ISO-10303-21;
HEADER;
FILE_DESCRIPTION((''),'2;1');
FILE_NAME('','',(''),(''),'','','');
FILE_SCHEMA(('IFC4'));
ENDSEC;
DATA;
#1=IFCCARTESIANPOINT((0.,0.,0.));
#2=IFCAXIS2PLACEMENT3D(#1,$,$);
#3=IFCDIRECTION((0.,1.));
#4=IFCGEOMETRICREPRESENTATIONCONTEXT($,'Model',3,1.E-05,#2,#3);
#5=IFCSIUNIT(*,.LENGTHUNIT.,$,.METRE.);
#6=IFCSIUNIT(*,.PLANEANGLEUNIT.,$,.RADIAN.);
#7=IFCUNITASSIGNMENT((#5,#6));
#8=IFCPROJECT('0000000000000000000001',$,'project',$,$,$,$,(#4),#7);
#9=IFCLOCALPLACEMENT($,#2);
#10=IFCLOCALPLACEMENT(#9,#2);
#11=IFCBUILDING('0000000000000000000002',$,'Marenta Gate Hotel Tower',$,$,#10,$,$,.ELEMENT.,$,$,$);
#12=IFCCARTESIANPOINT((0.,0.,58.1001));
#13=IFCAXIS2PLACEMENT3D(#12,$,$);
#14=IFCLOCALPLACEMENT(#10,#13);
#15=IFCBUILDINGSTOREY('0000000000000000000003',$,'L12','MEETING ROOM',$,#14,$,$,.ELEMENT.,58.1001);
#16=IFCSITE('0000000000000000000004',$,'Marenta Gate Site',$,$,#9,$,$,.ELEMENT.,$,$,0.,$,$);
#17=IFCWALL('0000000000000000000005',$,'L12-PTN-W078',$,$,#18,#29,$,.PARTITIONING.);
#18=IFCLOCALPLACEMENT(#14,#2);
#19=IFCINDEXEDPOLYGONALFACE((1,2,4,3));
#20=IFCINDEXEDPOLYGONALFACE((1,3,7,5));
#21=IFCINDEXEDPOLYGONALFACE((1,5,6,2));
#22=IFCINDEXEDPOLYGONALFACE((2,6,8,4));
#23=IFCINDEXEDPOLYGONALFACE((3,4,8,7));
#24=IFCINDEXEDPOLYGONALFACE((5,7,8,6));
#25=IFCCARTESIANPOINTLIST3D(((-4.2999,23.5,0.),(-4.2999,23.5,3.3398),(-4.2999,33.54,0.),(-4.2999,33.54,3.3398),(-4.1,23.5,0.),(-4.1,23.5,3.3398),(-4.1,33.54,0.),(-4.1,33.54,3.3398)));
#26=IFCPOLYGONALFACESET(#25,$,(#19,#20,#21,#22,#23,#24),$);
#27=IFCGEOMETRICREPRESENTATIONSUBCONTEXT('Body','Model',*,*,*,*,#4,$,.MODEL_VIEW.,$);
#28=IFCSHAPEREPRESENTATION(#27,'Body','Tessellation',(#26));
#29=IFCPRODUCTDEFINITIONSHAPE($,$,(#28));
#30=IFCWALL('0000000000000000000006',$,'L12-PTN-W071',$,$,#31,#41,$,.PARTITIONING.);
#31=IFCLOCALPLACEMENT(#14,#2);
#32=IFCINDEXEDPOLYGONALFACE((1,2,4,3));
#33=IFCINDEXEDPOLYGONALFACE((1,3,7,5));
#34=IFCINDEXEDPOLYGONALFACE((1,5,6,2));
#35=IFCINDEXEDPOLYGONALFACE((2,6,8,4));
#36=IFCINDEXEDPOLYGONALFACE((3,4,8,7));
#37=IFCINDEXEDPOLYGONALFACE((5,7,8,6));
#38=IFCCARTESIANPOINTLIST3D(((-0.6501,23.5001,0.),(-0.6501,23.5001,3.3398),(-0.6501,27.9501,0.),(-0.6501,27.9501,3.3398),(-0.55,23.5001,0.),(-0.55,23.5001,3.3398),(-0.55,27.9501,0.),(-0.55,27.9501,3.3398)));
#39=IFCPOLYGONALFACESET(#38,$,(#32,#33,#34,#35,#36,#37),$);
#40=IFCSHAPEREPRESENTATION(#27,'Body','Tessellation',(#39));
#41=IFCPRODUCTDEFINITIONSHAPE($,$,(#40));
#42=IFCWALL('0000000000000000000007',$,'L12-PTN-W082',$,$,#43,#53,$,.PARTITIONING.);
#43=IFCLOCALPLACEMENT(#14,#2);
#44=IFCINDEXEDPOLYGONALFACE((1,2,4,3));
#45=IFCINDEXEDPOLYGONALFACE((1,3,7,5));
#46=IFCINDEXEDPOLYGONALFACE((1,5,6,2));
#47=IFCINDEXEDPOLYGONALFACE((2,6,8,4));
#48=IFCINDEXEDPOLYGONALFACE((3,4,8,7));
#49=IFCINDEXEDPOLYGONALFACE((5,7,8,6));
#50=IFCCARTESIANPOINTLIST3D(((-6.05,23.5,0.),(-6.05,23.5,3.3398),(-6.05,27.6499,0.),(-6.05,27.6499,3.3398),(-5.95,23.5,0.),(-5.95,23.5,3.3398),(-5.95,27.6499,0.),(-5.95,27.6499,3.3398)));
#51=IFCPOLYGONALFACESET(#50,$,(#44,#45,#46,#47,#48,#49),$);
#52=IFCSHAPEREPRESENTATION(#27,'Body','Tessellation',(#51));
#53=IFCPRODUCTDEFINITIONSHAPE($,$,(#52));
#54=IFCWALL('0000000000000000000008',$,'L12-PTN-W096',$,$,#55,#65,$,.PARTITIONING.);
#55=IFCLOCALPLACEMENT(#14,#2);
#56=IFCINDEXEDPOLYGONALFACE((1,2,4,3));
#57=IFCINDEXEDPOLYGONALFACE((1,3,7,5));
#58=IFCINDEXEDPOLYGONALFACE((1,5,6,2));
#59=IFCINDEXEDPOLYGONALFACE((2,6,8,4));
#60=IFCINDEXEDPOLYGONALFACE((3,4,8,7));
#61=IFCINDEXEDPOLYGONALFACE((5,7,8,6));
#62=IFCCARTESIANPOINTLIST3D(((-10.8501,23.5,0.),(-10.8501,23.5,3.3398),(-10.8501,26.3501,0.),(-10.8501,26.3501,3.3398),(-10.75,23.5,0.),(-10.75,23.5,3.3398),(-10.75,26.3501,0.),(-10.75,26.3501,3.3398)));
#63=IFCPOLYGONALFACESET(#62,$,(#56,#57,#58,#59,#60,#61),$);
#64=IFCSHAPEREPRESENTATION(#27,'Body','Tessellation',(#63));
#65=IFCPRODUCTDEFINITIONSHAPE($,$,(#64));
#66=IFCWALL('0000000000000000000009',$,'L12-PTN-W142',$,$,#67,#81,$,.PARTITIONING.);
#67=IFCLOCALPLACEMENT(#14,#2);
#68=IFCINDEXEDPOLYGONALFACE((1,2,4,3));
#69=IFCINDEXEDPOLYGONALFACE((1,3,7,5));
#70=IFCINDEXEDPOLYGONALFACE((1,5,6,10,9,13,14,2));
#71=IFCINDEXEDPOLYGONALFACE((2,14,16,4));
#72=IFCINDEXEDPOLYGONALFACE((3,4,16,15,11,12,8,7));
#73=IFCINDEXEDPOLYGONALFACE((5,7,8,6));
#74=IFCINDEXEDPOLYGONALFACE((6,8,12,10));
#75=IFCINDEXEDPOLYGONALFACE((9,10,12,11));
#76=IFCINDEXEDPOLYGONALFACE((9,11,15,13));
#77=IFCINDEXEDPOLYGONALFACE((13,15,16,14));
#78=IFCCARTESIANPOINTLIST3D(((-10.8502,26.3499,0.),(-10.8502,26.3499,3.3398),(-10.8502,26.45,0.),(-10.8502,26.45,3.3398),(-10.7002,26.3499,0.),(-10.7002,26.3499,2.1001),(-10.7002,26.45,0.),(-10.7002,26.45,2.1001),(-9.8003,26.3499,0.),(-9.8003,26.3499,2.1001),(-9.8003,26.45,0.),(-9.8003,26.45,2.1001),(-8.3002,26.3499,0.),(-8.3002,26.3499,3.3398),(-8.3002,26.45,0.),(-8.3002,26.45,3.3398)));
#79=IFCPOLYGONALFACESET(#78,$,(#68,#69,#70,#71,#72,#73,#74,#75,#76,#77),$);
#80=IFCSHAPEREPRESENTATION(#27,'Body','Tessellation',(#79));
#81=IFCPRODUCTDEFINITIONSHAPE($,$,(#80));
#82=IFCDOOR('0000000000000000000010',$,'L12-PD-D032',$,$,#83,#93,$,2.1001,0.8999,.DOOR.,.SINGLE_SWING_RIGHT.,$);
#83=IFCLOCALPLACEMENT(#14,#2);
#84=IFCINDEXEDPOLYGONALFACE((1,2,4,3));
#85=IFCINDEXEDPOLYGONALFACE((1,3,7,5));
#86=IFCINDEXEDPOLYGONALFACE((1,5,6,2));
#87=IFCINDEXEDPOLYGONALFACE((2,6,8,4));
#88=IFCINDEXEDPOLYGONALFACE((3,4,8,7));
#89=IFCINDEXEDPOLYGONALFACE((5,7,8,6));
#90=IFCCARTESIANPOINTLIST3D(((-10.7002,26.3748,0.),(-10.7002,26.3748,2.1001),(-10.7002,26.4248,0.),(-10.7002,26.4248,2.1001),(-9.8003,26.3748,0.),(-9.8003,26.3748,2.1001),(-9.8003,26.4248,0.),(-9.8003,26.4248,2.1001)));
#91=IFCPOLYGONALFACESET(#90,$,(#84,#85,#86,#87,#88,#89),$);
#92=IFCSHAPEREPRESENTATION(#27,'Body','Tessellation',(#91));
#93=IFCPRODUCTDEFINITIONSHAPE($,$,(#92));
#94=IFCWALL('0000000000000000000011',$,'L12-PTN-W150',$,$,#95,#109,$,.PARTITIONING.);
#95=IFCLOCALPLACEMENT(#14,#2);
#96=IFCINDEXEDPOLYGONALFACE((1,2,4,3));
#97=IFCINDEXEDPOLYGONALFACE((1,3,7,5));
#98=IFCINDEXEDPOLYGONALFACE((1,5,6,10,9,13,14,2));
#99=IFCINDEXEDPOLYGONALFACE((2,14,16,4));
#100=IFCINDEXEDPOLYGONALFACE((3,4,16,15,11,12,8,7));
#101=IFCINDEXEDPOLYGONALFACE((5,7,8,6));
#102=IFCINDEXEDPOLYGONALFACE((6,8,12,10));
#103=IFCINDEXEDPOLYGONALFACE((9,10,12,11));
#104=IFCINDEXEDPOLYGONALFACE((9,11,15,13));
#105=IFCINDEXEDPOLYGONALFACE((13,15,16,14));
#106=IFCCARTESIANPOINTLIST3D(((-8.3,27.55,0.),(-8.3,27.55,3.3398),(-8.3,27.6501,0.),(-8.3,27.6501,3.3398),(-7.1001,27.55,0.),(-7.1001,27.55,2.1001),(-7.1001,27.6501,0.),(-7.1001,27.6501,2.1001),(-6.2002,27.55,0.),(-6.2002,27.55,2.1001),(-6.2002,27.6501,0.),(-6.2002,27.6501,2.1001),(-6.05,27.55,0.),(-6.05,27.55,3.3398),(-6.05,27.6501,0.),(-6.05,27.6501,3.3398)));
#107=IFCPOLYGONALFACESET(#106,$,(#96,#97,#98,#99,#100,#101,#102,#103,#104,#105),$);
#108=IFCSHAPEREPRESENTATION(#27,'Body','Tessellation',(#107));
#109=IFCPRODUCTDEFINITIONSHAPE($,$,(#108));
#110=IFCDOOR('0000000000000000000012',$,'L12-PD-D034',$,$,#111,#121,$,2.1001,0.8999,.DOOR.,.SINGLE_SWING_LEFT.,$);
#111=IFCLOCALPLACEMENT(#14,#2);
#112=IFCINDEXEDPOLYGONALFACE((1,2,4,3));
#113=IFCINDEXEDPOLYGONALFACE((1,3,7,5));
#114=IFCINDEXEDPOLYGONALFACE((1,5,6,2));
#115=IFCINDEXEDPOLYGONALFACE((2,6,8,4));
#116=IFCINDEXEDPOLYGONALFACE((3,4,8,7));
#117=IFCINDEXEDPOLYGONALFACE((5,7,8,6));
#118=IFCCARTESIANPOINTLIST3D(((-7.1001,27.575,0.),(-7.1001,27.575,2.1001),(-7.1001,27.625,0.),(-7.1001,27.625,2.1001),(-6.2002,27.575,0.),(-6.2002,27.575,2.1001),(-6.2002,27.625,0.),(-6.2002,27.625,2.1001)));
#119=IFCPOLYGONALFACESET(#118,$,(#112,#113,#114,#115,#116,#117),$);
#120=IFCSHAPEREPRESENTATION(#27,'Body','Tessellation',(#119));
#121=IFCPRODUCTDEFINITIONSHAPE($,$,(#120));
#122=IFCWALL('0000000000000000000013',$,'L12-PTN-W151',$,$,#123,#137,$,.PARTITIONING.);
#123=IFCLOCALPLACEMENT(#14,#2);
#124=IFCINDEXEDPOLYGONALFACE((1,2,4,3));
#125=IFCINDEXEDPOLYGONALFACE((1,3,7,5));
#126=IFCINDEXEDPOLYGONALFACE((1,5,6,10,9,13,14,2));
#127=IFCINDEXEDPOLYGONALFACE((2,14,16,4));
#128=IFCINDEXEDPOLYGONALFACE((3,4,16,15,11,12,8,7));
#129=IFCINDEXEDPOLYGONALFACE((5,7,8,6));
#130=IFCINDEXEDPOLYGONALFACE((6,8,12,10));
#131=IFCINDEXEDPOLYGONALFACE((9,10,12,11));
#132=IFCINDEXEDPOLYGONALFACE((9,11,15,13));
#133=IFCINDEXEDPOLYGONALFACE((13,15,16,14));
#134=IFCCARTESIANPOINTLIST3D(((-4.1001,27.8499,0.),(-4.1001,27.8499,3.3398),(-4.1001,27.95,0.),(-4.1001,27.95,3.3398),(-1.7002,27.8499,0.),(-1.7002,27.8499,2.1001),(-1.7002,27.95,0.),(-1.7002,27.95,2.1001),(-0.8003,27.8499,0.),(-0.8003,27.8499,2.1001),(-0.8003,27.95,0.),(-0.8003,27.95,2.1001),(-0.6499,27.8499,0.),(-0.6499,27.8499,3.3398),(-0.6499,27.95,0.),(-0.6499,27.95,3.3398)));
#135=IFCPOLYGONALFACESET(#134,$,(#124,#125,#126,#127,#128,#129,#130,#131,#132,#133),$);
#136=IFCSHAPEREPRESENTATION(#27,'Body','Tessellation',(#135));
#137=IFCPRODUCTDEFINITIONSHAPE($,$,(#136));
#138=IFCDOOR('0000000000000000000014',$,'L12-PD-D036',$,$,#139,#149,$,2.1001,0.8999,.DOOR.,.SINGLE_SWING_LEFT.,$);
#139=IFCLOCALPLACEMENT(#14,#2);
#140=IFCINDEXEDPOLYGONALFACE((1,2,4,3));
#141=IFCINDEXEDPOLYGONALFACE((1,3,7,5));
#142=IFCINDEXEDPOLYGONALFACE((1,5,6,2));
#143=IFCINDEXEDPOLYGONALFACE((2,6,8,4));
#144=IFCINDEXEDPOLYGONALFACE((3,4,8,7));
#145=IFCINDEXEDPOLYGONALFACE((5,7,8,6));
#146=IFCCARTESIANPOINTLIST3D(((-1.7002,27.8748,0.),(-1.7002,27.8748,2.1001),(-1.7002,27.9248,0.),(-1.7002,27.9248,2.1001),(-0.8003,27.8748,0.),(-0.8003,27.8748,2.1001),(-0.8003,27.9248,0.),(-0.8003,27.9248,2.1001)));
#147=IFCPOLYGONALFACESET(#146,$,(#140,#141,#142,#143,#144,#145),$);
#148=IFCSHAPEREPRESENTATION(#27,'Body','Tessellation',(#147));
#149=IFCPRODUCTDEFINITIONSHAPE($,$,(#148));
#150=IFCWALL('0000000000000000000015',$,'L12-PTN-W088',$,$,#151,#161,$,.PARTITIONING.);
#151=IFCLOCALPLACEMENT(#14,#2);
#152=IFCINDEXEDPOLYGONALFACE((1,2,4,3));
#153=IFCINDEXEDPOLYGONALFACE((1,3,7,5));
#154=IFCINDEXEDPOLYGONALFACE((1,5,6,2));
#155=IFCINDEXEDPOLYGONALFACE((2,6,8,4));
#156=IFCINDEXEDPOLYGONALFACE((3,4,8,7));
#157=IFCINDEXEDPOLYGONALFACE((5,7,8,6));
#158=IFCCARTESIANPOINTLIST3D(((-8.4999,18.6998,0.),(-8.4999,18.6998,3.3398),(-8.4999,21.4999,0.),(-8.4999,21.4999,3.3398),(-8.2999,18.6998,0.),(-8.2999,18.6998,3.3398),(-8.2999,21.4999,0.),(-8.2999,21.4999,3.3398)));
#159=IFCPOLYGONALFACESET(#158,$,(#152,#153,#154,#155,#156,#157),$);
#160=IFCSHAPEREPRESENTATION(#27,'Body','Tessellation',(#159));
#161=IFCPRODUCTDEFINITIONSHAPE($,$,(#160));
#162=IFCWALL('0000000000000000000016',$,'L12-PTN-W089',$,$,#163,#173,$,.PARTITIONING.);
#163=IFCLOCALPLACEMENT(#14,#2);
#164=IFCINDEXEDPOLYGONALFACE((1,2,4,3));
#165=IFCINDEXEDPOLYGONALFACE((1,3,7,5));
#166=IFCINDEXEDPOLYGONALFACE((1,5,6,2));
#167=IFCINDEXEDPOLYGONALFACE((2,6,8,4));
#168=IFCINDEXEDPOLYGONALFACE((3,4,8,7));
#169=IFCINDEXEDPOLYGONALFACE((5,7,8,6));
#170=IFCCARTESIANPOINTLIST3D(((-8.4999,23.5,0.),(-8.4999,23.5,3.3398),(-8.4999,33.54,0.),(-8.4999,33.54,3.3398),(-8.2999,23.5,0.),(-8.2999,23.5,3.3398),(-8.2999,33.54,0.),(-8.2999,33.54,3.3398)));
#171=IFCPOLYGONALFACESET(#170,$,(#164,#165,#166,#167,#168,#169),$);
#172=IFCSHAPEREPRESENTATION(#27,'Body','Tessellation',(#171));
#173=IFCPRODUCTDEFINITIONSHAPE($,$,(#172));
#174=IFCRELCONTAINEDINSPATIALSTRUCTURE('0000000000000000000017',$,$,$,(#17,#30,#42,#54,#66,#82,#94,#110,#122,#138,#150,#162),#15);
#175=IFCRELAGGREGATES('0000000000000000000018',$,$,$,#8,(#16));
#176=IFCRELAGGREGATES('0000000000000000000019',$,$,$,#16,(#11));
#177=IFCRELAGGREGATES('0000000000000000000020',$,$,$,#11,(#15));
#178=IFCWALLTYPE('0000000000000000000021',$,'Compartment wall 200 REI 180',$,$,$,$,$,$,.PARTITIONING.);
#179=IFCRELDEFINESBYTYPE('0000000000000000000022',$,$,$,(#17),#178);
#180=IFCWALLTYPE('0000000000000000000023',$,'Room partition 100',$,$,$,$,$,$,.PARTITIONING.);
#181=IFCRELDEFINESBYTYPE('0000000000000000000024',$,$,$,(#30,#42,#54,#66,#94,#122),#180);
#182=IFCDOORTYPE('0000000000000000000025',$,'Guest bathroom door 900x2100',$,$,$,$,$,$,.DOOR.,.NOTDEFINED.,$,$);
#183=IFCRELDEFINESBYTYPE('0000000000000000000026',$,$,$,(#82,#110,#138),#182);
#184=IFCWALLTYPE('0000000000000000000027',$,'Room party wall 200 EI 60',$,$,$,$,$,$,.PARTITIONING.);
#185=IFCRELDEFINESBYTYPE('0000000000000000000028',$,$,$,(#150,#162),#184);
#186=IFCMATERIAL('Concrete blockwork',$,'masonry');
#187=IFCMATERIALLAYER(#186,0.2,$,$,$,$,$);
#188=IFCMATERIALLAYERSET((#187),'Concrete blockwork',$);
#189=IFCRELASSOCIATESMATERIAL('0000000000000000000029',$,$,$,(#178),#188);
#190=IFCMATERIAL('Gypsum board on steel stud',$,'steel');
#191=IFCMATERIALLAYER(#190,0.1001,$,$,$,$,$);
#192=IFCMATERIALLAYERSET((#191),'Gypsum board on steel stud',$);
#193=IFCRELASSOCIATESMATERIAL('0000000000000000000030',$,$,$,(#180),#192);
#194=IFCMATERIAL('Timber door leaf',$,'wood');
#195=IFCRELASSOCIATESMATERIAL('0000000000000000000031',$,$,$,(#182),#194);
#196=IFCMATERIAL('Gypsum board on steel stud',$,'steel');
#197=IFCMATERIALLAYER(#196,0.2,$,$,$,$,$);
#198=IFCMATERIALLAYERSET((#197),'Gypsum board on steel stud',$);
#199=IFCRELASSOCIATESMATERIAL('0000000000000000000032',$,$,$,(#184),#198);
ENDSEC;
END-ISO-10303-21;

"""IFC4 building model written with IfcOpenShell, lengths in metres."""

from ifc_helpers import new_model, si_unit, direction, frame, frame_2d, origin, place, context, subcontext, project, spatial, rectangle, extrude, material, layer, layer_set, type_object, element, fill, save


model = new_model("IFC4")

# Units and contexts
model_context = context("Model", 3, precision=1e-05, world=origin(), true_north=direction((0.0, 1.0)))
body_context = subcontext(model_context, "Body", "Model", "MODEL_VIEW")
ifc_project = project(units=[si_unit("LENGTHUNIT", "METRE"), si_unit("PLANEANGLEUNIT", "RADIAN")], contexts=[model_context])

# Site, building, storey
site_placement = place(None, origin())
site = spatial("IfcSite", under=ifc_project, at=site_placement, Name="Marenta Gate Site", CompositionType="ELEMENT", RefElevation=0.0)
building_placement = place(site_placement, origin())
building = spatial("IfcBuilding", under=site, at=building_placement, Name="Marenta Gate Hotel Tower", CompositionType="ELEMENT")
storey_placement = place(building_placement, frame((0.0, 0.0, 58.1001)))
storey = spatial("IfcBuildingStorey", under=building, at=storey_placement, Name="L12", Description="MEETING ROOM", CompositionType="ELEMENT", Elevation=58.1001)

# Walls
ifc_material_1 = material(Name="Concrete blockwork", Category="masonry")
ifc_layer_1 = layer(ifc_material_1, 0.2)
ifc_layer_set_1 = layer_set([ifc_layer_1], Name="Concrete blockwork")
wall_type_1 = type_object("IfcWallType", Name="Compartment wall 200 REI 180", PredefinedType="PARTITIONING", material=ifc_layer_set_1)
wall_1_placement = place(storey_placement, frame((-4.2, 23.5, 0.0), z_axis=(0.0, 0.0, 1.0), x_axis=(0.0, 1.0, 0.0)))
element("IfcWall", 1, at=wall_1_placement, inside=storey, type_object=wall_type_1, Name="L12-PTN-W078", PredefinedType="PARTITIONING", context=body_context, shape_type="SweptSolid", body=[
    extrude(rectangle(XDim=10.04, YDim=0.2, at=frame_2d((5.02, 0.0))), origin(), (0.0, 0.0, 1.0), 3.3398),
])
ifc_material_2 = material(Name="Gypsum board on steel stud", Category="steel")
ifc_layer_2 = layer(ifc_material_2, 0.1001)
ifc_layer_set_2 = layer_set([ifc_layer_2], Name="Gypsum board on steel stud")
wall_type_2 = type_object("IfcWallType", Name="Room partition 100", PredefinedType="PARTITIONING", material=ifc_layer_set_2)
wall_2_placement = place(storey_placement, frame((-0.6001, 23.5, 0.0), z_axis=(0.0, 0.0, 1.0), x_axis=(0.0, 1.0, 0.0)))
element("IfcWall", 2, at=wall_2_placement, inside=storey, type_object=wall_type_2, Name="L12-PTN-W071", PredefinedType="PARTITIONING", context=body_context, shape_type="SweptSolid", body=[
    extrude(rectangle(XDim=4.45, YDim=0.1001, at=frame_2d((2.2251, 0.0))), origin(), (0.0, 0.0, 1.0), 3.3398),
])
wall_3_placement = place(storey_placement, frame((-6.0, 23.5, 0.0), z_axis=(0.0, 0.0, 1.0), x_axis=(0.0, 1.0, 0.0)))
element("IfcWall", 3, at=wall_3_placement, inside=storey, type_object=wall_type_2, Name="L12-PTN-W082", PredefinedType="PARTITIONING", context=body_context, shape_type="SweptSolid", body=[
    extrude(rectangle(XDim=4.1499, YDim=0.1001, at=frame_2d((2.075, 0.0))), origin(), (0.0, 0.0, 1.0), 3.3398),
])
wall_4_placement = place(storey_placement, frame((-10.8, 23.5, 0.0), z_axis=(0.0, 0.0, 1.0), x_axis=(0.0, 1.0, 0.0)))
element("IfcWall", 4, at=wall_4_placement, inside=storey, type_object=wall_type_2, Name="L12-PTN-W096", PredefinedType="PARTITIONING", context=body_context, shape_type="SweptSolid", body=[
    extrude(rectangle(XDim=2.8501, YDim=0.1001, at=frame_2d((1.425, 0.0))), origin(), (0.0, 0.0, 1.0), 3.3398),
])

# Walls, openings, doors
wall_5_placement = place(storey_placement, frame((-10.8501, 26.3999, 0.0), z_axis=(0.0, 0.0, 1.0), x_axis=(1.0, 0.0, 0.0)))
wall_5 = element("IfcWall", 5, at=wall_5_placement, inside=storey, type_object=wall_type_2, Name="L12-PTN-W142", PredefinedType="PARTITIONING", context=body_context, shape_type="SweptSolid", body=[
    extrude(rectangle(XDim=2.55, YDim=0.1001, at=frame_2d((1.2749, 0.0))), origin(), (0.0, 0.0, 1.0), 3.3398),
])
opening_1_placement = place(wall_5_placement, frame((0.1499, 0.0, 0.0)))
opening_1 = element("IfcOpeningElement", 6, at=opening_1_placement, cuts=wall_5, PredefinedType="OPENING", context=body_context, shape_type="SweptSolid", body=[
    extrude(rectangle(XDim=0.8999, YDim=2.1001, at=frame_2d((0.45, 1.05))), frame((0.0, 0.05, 0.0), z_axis=(0.0, -1.0, 0.0), x_axis=(1.0, 0.0, 0.0)), (0.0, 0.0, 1.0), 0.1001),
])
ifc_material_3 = material(Name="Timber door leaf", Category="wood")
door_type = type_object("IfcDoorType", Name="Guest bathroom door 900x2100", OperationType="NOTDEFINED", PredefinedType="DOOR", material=ifc_material_3)
door_1_placement = place(opening_1_placement, origin())
door_1 = element("IfcDoor", 7, at=door_1_placement, inside=storey, type_object=door_type, Name="L12-PD-D032", OperationType="SINGLE_SWING_RIGHT", OverallHeight=2.1001, OverallWidth=0.8999, PredefinedType="DOOR", context=body_context, shape_type="SweptSolid", body=[
    extrude(rectangle(XDim=0.8999, YDim=2.1001, at=frame_2d((0.45, 1.05))), frame((0.0, 0.0249, 0.0), z_axis=(0.0, -1.0, 0.0), x_axis=(1.0, 0.0, 0.0)), (0.0, 0.0, 1.0), 0.05),
])
fill(opening_1, door_1)
wall_6_placement = place(storey_placement, frame((-8.3, 27.6001, 0.0), z_axis=(0.0, 0.0, 1.0), x_axis=(1.0, 0.0, 0.0)))
wall_6 = element("IfcWall", 8, at=wall_6_placement, inside=storey, type_object=wall_type_2, Name="L12-PTN-W150", PredefinedType="PARTITIONING", context=body_context, shape_type="SweptSolid", body=[
    extrude(rectangle(XDim=2.25, YDim=0.1001, at=frame_2d((1.125, 0.0))), origin(), (0.0, 0.0, 1.0), 3.3398),
])
opening_2_placement = place(wall_6_placement, frame((1.2, 0.0, 0.0)))
opening_2 = element("IfcOpeningElement", 9, at=opening_2_placement, cuts=wall_6, PredefinedType="OPENING", context=body_context, shape_type="SweptSolid", body=[
    extrude(rectangle(XDim=0.8999, YDim=2.1001, at=frame_2d((0.45, 1.05))), frame((0.0, 0.05, 0.0), z_axis=(0.0, -1.0, 0.0), x_axis=(1.0, 0.0, 0.0)), (0.0, 0.0, 1.0), 0.1001),
])
door_2_placement = place(opening_2_placement, origin())
door_2 = element("IfcDoor", 10, at=door_2_placement, inside=storey, type_object=door_type, Name="L12-PD-D034", OperationType="SINGLE_SWING_LEFT", OverallHeight=2.1001, OverallWidth=0.8999, PredefinedType="DOOR", context=body_context, shape_type="SweptSolid", body=[
    extrude(rectangle(XDim=0.8999, YDim=2.1001, at=frame_2d((0.45, 1.05))), frame((0.0, 0.0249, 0.0), z_axis=(0.0, -1.0, 0.0), x_axis=(1.0, 0.0, 0.0)), (0.0, 0.0, 1.0), 0.05),
])
fill(opening_2, door_2)
wall_7_placement = place(storey_placement, frame((-4.1001, 27.8999, 0.0), z_axis=(0.0, 0.0, 1.0), x_axis=(1.0, 0.0, 0.0)))
wall_7 = element("IfcWall", 11, at=wall_7_placement, inside=storey, type_object=wall_type_2, Name="L12-PTN-W151", PredefinedType="PARTITIONING", context=body_context, shape_type="SweptSolid", body=[
    extrude(rectangle(XDim=3.4502, YDim=0.1001, at=frame_2d((1.7251, 0.0))), origin(), (0.0, 0.0, 1.0), 3.3398),
])
opening_3_placement = place(wall_7_placement, frame((2.3999, 0.0, 0.0)))
opening_3 = element("IfcOpeningElement", 12, at=opening_3_placement, cuts=wall_7, PredefinedType="OPENING", context=body_context, shape_type="SweptSolid", body=[
    extrude(rectangle(XDim=0.8999, YDim=2.1001, at=frame_2d((0.45, 1.05))), frame((0.0, 0.05, 0.0), z_axis=(0.0, -1.0, 0.0), x_axis=(1.0, 0.0, 0.0)), (0.0, 0.0, 1.0), 0.1001),
])
door_3_placement = place(opening_3_placement, origin())
door_3 = element("IfcDoor", 13, at=door_3_placement, inside=storey, type_object=door_type, Name="L12-PD-D036", OperationType="SINGLE_SWING_LEFT", OverallHeight=2.1001, OverallWidth=0.8999, PredefinedType="DOOR", context=body_context, shape_type="SweptSolid", body=[
    extrude(rectangle(XDim=0.8999, YDim=2.1001, at=frame_2d((0.45, 1.05))), frame((0.0, 0.0249, 0.0), z_axis=(0.0, -1.0, 0.0), x_axis=(1.0, 0.0, 0.0)), (0.0, 0.0, 1.0), 0.05),
])
fill(opening_3, door_3)

# Walls
ifc_material_4 = material(Name="Gypsum board on steel stud", Category="steel")
ifc_layer_3 = layer(ifc_material_4, 0.2)
ifc_layer_set_3 = layer_set([ifc_layer_3], Name="Gypsum board on steel stud")
wall_type_3 = type_object("IfcWallType", Name="Room party wall 200 EI 60", PredefinedType="PARTITIONING", material=ifc_layer_set_3)
wall_8_placement = place(storey_placement, frame((-8.3999, 18.7, 0.0), z_axis=(0.0, 0.0, 1.0), x_axis=(0.0, 1.0, 0.0)))
element("IfcWall", 14, at=wall_8_placement, inside=storey, type_object=wall_type_3, Name="L12-PTN-W088", PredefinedType="PARTITIONING", context=body_context, shape_type="SweptSolid", body=[
    extrude(rectangle(XDim=2.8, YDim=0.2, at=frame_2d((1.3999, 0.0))), origin(), (0.0, 0.0, 1.0), 3.3398),
])
wall_9_placement = place(storey_placement, frame((-8.3999, 23.5, 0.0), z_axis=(0.0, 0.0, 1.0), x_axis=(0.0, 1.0, 0.0)))
element("IfcWall", 15, at=wall_9_placement, inside=storey, type_object=wall_type_3, Name="L12-PTN-W089", PredefinedType="PARTITIONING", context=body_context, shape_type="SweptSolid", body=[
    extrude(rectangle(XDim=10.04, YDim=0.2, at=frame_2d((5.02, 0.0))), origin(), (0.0, 0.0, 1.0), 3.3398),
])

save(model, "model.ifc")
